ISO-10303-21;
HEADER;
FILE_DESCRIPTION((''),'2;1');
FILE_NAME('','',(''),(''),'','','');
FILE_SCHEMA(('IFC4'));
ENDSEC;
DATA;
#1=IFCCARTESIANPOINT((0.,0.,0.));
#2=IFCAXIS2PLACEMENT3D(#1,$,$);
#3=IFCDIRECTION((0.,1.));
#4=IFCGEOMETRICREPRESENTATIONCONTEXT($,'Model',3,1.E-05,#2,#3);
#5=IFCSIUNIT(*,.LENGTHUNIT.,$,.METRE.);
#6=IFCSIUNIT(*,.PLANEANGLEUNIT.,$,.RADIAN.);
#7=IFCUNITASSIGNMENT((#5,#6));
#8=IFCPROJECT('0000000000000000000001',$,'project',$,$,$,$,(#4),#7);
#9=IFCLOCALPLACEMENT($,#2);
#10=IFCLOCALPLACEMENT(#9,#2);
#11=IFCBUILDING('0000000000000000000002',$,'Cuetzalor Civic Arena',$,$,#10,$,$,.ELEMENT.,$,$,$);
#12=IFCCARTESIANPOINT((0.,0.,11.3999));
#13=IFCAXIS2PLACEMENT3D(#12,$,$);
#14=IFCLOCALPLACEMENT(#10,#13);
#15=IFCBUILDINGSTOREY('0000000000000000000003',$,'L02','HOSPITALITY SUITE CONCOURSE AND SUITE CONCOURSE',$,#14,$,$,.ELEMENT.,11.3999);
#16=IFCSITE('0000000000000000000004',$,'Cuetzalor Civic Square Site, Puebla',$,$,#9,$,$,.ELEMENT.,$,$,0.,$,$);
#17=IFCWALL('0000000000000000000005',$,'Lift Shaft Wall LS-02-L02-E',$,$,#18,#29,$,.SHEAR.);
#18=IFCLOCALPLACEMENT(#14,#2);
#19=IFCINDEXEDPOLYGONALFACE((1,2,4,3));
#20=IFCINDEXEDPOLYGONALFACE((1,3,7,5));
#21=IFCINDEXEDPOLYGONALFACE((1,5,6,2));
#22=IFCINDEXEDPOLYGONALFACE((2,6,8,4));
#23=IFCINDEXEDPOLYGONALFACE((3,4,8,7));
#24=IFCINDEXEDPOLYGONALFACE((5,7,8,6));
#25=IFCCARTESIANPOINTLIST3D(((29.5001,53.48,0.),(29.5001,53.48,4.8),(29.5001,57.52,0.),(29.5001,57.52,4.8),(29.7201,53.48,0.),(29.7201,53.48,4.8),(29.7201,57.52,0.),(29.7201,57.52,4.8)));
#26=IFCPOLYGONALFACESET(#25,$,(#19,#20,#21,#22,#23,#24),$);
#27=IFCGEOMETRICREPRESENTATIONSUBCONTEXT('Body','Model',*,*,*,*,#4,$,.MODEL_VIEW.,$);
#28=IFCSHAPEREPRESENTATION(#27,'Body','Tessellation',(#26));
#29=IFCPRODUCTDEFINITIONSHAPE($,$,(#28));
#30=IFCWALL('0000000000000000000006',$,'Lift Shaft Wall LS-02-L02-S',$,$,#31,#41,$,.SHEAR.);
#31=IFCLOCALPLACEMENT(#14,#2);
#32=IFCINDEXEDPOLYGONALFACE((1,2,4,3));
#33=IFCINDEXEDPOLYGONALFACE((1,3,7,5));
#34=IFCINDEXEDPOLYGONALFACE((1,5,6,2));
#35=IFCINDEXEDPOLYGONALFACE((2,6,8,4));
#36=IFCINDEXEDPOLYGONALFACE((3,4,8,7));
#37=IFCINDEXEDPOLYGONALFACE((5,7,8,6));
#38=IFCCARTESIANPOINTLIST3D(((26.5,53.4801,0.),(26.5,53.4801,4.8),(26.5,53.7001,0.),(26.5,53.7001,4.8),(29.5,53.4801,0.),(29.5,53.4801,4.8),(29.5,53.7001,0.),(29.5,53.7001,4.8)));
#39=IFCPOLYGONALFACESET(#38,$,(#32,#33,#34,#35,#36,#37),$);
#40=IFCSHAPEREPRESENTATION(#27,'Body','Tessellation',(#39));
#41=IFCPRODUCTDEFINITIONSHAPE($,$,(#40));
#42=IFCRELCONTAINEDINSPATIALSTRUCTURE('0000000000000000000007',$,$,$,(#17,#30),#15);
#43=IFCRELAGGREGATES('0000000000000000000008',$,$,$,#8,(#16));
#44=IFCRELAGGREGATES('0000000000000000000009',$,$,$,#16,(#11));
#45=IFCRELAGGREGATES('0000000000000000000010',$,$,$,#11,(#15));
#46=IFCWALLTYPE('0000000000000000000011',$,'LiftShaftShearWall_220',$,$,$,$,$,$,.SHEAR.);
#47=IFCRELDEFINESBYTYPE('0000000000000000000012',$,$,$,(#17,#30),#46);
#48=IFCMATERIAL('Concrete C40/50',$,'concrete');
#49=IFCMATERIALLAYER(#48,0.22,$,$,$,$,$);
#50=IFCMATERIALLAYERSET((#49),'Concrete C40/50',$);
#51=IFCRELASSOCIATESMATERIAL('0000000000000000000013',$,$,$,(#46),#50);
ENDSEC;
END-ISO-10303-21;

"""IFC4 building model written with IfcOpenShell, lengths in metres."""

from ifc_helpers import new_model, si_unit, direction, frame, frame_2d, origin, place, context, subcontext, project, spatial, rectangle, extrude, material, layer, layer_set, type_object, element, save


model = new_model("IFC4")

# Units and contexts
model_context = context("Model", 3, precision=1e-05, world=origin(), true_north=direction((0.0, 1.0)))
body_context = subcontext(model_context, "Body", "Model", "MODEL_VIEW")
ifc_project = project(units=[si_unit("LENGTHUNIT", "METRE"), si_unit("PLANEANGLEUNIT", "RADIAN")], contexts=[model_context])

# Site, building, storey
site_placement = place(None, origin())
site = spatial("IfcSite", under=ifc_project, at=site_placement, Name="Cuetzalor Civic Square Site, Puebla", CompositionType="ELEMENT", RefElevation=0.0)
building_placement = place(site_placement, origin())
building = spatial("IfcBuilding", under=site, at=building_placement, Name="Cuetzalor Civic Arena", CompositionType="ELEMENT")
storey_placement = place(building_placement, frame((0.0, 0.0, 11.3999)))
storey = spatial("IfcBuildingStorey", under=building, at=storey_placement, Name="L02", Description="HOSPITALITY SUITE CONCOURSE AND SUITE CONCOURSE", CompositionType="ELEMENT", Elevation=11.3999)

# Walls
ifc_material_1 = material(Name="Concrete C40/50", Category="concrete")
ifc_layer_1 = layer(ifc_material_1, 0.22)
ifc_layer_set_1 = layer_set([ifc_layer_1], Name="Concrete C40/50")
wall_type_1 = type_object("IfcWallType", Name="LiftShaftShearWall_220", PredefinedType="SHEAR", material=ifc_layer_set_1)
wall_1_placement = place(storey_placement, frame((29.6101, 57.52, 0.0), z_axis=(0.0, 0.0, 1.0), x_axis=(0.0, -1.0, 0.0)))
element("IfcWall", 1, at=wall_1_placement, inside=storey, type_object=wall_type_1, Name="Lift Shaft Wall LS-02-L02-E", PredefinedType="SHEAR", context=body_context, shape_type="SweptSolid", body=[
    extrude(rectangle(XDim=4.04, YDim=0.22, at=frame_2d((2.02, 0.0))), origin(), (0.0, 0.0, 1.0), 4.8),
])
wall_2_placement = place(storey_placement, frame((29.5, 53.5901, 0.0), z_axis=(0.0, 0.0, 1.0), x_axis=(-1.0, 0.0, 0.0)))
element("IfcWall", 2, at=wall_2_placement, inside=storey, type_object=wall_type_1, Name="Lift Shaft Wall LS-02-L02-S", PredefinedType="SHEAR", context=body_context, shape_type="SweptSolid", body=[
    extrude(rectangle(XDim=3.0, YDim=0.22, at=frame_2d((1.5, 0.0))), origin(), (0.0, 0.0, 1.0), 4.8),
])

save(model, "model.ifc")
